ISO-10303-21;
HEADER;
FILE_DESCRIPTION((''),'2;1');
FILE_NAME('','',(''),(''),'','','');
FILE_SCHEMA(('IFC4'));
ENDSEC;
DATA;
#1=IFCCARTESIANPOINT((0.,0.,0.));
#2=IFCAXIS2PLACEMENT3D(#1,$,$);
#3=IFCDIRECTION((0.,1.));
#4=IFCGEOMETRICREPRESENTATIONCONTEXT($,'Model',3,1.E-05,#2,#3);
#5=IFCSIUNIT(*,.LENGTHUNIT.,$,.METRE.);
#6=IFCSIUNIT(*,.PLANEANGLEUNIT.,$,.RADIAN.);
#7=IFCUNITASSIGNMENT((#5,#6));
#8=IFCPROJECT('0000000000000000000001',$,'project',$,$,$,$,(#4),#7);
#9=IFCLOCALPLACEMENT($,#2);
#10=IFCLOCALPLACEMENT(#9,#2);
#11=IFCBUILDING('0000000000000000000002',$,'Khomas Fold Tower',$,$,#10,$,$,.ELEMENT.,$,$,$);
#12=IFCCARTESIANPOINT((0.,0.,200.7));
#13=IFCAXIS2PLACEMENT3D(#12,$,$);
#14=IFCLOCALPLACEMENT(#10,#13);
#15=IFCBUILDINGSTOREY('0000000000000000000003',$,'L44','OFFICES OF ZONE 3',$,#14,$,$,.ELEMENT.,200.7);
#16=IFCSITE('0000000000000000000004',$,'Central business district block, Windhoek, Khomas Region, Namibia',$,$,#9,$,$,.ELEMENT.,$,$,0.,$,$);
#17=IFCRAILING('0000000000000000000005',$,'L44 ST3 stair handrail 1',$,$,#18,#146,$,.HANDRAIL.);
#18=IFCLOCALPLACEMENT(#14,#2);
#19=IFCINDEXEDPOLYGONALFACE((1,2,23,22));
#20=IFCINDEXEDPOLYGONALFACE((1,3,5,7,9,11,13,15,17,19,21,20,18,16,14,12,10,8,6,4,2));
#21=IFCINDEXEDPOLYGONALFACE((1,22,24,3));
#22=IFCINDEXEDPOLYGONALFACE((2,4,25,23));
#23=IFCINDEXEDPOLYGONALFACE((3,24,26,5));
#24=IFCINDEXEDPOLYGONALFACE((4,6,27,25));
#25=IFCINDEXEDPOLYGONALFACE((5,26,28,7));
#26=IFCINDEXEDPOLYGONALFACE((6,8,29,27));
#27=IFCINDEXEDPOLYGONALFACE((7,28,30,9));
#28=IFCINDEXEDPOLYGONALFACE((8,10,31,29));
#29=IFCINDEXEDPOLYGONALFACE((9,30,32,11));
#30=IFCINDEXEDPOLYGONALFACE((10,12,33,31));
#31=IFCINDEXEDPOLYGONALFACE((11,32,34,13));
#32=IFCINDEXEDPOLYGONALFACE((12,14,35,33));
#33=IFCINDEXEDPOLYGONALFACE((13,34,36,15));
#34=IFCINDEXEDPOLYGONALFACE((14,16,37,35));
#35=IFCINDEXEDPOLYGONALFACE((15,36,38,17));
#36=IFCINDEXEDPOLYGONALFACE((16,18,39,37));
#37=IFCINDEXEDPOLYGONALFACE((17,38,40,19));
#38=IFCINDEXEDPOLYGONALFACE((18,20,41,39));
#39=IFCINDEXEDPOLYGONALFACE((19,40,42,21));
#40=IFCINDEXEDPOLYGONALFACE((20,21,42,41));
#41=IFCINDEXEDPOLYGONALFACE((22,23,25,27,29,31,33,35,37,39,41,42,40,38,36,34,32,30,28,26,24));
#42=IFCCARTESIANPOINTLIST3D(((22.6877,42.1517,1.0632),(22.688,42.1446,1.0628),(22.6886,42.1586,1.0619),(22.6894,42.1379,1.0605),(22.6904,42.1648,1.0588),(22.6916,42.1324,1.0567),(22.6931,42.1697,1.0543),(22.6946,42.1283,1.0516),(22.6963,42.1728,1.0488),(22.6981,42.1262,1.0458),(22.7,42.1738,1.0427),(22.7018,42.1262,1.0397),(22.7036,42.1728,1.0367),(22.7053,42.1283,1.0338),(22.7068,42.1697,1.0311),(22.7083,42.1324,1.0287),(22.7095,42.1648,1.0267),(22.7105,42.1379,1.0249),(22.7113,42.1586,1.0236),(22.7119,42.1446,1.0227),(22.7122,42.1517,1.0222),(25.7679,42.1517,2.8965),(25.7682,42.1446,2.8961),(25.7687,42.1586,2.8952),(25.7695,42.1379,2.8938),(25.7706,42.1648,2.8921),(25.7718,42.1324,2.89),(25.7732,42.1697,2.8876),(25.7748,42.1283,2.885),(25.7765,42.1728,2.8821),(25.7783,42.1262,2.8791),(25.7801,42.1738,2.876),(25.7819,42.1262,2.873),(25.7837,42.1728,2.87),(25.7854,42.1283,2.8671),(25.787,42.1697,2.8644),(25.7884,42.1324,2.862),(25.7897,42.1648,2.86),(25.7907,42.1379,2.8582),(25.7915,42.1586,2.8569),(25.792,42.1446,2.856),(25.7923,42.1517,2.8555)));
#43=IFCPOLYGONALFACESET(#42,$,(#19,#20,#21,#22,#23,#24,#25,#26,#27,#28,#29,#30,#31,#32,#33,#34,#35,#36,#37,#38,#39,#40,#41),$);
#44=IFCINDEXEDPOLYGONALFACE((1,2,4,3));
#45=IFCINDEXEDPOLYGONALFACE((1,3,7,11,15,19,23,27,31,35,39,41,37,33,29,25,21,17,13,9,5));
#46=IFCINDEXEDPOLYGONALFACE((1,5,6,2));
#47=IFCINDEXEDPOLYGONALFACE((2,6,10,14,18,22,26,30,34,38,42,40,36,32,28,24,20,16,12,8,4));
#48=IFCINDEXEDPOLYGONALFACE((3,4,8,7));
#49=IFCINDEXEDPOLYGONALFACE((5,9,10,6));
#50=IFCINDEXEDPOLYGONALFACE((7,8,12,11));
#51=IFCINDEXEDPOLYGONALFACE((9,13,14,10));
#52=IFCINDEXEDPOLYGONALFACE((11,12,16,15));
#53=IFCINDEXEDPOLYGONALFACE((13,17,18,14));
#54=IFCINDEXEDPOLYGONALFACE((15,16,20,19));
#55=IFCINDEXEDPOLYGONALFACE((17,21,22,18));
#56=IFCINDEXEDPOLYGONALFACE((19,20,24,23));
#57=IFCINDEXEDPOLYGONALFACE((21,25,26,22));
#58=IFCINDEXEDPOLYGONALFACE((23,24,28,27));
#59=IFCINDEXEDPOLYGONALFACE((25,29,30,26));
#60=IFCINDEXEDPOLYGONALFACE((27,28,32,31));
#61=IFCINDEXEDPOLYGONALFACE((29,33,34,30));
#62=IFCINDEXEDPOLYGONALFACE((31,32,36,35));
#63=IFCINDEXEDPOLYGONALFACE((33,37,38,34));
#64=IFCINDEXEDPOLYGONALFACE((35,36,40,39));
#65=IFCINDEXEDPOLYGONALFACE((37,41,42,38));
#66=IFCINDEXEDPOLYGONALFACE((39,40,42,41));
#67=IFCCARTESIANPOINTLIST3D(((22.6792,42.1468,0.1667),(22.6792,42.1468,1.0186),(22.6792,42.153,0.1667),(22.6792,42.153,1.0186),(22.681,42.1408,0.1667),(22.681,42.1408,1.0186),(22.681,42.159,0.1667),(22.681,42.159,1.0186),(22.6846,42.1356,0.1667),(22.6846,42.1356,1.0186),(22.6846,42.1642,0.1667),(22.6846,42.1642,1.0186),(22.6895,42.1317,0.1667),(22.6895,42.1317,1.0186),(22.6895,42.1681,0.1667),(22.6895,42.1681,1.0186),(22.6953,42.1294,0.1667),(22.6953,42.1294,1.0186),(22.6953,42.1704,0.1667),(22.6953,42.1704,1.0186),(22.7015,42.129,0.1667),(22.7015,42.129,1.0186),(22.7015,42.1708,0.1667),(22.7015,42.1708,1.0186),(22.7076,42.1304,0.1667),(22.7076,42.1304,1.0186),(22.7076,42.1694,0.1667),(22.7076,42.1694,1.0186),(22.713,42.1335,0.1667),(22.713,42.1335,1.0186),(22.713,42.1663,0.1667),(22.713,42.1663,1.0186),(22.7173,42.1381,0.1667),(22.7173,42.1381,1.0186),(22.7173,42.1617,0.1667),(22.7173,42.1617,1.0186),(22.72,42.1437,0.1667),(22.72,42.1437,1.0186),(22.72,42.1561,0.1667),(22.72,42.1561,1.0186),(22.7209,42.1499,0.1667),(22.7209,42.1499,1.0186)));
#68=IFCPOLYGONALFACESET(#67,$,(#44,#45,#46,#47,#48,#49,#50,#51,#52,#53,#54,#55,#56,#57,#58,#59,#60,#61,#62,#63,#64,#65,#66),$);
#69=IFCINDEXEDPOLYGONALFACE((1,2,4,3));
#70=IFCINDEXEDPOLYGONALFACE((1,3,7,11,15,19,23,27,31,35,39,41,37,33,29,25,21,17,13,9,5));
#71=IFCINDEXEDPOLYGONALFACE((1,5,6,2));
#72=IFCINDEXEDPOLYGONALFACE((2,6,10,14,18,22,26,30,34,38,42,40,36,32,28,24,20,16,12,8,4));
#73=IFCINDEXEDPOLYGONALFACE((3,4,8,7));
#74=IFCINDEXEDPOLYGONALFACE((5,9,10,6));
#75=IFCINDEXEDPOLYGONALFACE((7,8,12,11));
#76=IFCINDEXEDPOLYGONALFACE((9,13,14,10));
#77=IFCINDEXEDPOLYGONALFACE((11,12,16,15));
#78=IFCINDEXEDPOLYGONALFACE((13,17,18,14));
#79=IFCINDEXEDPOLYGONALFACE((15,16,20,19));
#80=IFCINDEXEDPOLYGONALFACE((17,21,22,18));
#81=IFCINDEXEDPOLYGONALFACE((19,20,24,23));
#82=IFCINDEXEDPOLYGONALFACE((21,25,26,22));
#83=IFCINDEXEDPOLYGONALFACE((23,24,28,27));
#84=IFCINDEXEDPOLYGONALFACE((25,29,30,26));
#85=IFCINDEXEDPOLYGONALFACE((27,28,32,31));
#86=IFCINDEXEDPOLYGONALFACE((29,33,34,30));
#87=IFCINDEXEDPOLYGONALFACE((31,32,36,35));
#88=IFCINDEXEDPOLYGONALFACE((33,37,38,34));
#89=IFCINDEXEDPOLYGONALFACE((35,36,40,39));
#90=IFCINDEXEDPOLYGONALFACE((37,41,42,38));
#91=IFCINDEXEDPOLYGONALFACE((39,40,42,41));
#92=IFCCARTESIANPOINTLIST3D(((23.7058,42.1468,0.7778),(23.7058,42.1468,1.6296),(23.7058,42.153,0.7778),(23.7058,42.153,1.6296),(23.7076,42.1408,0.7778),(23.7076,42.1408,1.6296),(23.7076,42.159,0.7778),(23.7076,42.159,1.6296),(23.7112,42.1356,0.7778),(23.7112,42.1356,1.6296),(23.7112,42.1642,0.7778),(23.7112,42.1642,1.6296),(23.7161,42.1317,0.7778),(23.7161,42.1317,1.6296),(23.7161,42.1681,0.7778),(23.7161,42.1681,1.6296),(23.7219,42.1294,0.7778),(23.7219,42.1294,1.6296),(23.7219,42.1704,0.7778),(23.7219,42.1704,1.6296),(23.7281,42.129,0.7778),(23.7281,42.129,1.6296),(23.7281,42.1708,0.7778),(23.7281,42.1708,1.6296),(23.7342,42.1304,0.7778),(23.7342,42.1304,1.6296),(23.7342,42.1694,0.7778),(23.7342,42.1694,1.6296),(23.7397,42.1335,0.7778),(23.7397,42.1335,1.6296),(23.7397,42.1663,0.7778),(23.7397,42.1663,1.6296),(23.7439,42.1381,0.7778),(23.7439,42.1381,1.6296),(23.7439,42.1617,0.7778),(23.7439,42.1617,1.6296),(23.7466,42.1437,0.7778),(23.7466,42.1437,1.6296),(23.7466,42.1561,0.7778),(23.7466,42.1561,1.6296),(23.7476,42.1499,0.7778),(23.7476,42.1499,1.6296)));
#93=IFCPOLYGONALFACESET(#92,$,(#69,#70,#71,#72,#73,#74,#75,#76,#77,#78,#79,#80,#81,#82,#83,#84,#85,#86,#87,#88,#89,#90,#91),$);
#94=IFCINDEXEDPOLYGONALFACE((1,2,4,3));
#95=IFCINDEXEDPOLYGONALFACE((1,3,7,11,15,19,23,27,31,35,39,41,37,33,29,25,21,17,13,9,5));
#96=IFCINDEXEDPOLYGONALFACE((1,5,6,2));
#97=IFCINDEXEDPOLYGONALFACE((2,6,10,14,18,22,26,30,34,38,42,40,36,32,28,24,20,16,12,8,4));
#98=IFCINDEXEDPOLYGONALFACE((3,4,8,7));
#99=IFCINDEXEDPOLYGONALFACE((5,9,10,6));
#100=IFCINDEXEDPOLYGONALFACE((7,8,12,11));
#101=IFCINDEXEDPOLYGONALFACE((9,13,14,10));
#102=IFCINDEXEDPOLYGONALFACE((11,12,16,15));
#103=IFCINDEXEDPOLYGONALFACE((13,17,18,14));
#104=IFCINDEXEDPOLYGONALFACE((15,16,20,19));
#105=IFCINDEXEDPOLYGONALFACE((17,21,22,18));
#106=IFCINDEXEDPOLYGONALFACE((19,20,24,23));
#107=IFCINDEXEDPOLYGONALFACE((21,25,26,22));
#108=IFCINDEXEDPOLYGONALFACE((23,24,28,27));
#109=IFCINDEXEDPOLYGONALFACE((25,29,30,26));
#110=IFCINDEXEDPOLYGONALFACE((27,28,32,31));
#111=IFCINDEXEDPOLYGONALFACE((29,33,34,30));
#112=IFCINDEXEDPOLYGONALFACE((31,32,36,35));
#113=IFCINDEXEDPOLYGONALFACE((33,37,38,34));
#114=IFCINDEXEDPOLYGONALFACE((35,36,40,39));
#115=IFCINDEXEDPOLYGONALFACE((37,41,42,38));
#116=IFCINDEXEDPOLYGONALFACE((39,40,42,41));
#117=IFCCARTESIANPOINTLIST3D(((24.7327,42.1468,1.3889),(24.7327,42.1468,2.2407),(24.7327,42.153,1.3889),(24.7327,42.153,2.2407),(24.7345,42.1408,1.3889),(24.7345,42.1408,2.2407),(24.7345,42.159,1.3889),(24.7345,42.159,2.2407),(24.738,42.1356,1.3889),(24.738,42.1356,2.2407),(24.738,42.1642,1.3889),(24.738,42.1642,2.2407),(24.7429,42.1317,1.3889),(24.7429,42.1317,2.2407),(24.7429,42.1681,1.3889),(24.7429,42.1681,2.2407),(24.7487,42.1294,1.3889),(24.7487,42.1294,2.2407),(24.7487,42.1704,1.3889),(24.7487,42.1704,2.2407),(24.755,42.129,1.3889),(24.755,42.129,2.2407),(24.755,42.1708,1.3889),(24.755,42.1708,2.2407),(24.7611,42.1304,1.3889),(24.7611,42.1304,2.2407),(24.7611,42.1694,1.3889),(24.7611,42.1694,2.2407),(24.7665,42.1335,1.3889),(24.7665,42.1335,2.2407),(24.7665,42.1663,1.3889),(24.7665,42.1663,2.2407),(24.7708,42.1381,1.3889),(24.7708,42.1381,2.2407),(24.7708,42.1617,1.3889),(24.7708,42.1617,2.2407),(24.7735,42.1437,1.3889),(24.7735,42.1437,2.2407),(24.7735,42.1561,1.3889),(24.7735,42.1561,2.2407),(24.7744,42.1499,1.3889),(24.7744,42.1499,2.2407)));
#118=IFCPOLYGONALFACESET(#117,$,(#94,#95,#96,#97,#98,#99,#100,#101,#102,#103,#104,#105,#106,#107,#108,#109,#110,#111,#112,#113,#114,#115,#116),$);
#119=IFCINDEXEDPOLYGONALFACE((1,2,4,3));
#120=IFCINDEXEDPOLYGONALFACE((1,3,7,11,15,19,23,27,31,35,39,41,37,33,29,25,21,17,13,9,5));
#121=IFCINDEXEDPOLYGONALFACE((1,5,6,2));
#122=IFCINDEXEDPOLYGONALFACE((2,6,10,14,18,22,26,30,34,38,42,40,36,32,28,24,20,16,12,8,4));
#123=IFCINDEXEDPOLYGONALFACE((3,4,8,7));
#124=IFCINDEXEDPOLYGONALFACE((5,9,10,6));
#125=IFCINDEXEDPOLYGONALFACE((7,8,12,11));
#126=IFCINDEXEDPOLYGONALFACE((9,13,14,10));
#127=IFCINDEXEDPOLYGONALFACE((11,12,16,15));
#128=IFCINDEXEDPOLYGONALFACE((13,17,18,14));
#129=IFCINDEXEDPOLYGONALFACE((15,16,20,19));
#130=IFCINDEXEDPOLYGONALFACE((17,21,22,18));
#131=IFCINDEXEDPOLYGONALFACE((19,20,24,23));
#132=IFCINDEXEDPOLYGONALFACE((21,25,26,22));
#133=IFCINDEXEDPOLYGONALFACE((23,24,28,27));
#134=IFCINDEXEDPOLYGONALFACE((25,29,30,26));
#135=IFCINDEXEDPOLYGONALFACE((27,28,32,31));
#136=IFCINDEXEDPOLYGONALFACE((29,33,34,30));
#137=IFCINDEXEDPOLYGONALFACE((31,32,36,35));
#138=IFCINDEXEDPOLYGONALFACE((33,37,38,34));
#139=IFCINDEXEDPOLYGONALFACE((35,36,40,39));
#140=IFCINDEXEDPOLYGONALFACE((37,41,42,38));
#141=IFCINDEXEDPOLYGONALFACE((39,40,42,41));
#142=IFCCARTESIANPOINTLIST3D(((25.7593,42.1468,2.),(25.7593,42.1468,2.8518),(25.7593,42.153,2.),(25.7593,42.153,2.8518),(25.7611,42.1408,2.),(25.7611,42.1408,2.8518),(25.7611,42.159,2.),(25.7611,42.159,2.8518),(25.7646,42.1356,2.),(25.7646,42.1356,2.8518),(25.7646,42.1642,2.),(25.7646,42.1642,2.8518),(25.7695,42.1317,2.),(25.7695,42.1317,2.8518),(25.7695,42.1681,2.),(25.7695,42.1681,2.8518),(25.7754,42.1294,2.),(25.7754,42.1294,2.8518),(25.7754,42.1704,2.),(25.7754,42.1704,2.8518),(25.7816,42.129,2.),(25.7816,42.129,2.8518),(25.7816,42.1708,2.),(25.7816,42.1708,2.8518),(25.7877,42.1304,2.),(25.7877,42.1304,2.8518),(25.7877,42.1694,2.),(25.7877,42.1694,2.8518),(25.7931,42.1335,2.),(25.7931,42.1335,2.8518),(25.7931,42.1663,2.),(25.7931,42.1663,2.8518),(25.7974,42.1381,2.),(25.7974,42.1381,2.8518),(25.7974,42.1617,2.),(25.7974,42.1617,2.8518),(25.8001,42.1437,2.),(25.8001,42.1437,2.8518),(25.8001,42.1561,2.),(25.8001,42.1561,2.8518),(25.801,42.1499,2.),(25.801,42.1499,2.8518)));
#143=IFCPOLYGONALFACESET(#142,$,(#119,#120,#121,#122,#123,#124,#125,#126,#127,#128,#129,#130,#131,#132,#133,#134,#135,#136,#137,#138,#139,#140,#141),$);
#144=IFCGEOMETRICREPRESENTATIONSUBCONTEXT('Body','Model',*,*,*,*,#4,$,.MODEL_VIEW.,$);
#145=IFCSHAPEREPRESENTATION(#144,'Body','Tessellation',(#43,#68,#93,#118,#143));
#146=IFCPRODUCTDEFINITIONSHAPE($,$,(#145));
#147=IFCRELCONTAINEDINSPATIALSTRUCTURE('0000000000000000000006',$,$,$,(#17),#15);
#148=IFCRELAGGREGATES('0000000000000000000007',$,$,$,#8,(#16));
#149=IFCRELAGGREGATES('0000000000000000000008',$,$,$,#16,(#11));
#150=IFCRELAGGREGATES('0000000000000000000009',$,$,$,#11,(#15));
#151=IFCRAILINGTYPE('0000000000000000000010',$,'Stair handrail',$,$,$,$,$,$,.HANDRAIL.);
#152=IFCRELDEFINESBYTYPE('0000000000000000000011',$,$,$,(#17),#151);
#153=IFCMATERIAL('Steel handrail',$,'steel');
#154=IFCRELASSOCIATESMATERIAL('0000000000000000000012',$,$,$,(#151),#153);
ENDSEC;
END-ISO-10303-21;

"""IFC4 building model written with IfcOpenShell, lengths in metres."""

from ifc_helpers import new_model, si_unit, direction, frame, origin, origin_2d, place, context, subcontext, project, spatial, circle, extrude, source, transform, mapped, material, type_object, element, save


model = new_model("IFC4")

# Units and contexts
model_context = context("Model", 3, precision=1e-05, world=origin(), true_north=direction((0.0, 1.0)))
body_context = subcontext(model_context, "Body", "Model", "MODEL_VIEW")
ifc_project = project(units=[si_unit("LENGTHUNIT", "METRE"), si_unit("PLANEANGLEUNIT", "RADIAN")], contexts=[model_context])

# Site, building, storey
site_placement = place(None, origin())
site = spatial("IfcSite", under=ifc_project, at=site_placement, Name="Central business district block, Windhoek, Khomas Region, Namibia", CompositionType="ELEMENT", RefElevation=0.0)
building_placement = place(site_placement, origin())
building = spatial("IfcBuilding", under=site, at=building_placement, Name="Khomas Fold Tower", CompositionType="ELEMENT")
storey_placement = place(building_placement, frame((0.0, 0.0, 200.7)))
storey = spatial("IfcBuildingStorey", under=building, at=storey_placement, Name="L44", Description="OFFICES OF ZONE 3", CompositionType="ELEMENT", Elevation=200.7)

# Railing
ifc_material_1 = material(Name="Steel handrail", Category="steel")
railing_type_1 = type_object("IfcRailingType", Name="Stair handrail", PredefinedType="HANDRAIL", material=ifc_material_1)
shared_shape_1 = source(origin(), body_context, "Body", "SweptSolid", [
    extrude(circle(Radius=0.0239, at=origin_2d()), frame((0.0, 0.0, 0.876), z_axis=(0.859309, 0.0, 0.511458), x_axis=(0.0, 1.0, 0.0)), (0.0, 0.0, 1.0), 3.5845),
    extrude(circle(Radius=0.021, at=origin_2d()), origin(), (0.0, 0.0, 1.0), 0.8518),
    extrude(circle(Radius=0.021, at=origin_2d()), frame((1.0266, 0.0, 0.6111)), (0.0, 0.0, 1.0), 0.8518),
    extrude(circle(Radius=0.021, at=origin_2d()), frame((2.0535, 0.0, 1.2222)), (0.0, 0.0, 1.0), 0.8518),
    extrude(circle(Radius=0.021, at=origin_2d()), frame((3.0801, 0.0, 1.8333)), (0.0, 0.0, 1.0), 0.8518),
])
railing_1_placement = place(storey_placement, frame((22.7, 42.1499, 0.1667)))
element("IfcRailing", 1, at=railing_1_placement, inside=storey, type_object=railing_type_1, Name="L44 ST3 stair handrail 1", PredefinedType="HANDRAIL", context=body_context, shape_type="MappedRepresentation", body=[
    mapped(shared_shape_1, transform((0.0, 0.0, 0.0))),
])

save(model, "model.ifc")
